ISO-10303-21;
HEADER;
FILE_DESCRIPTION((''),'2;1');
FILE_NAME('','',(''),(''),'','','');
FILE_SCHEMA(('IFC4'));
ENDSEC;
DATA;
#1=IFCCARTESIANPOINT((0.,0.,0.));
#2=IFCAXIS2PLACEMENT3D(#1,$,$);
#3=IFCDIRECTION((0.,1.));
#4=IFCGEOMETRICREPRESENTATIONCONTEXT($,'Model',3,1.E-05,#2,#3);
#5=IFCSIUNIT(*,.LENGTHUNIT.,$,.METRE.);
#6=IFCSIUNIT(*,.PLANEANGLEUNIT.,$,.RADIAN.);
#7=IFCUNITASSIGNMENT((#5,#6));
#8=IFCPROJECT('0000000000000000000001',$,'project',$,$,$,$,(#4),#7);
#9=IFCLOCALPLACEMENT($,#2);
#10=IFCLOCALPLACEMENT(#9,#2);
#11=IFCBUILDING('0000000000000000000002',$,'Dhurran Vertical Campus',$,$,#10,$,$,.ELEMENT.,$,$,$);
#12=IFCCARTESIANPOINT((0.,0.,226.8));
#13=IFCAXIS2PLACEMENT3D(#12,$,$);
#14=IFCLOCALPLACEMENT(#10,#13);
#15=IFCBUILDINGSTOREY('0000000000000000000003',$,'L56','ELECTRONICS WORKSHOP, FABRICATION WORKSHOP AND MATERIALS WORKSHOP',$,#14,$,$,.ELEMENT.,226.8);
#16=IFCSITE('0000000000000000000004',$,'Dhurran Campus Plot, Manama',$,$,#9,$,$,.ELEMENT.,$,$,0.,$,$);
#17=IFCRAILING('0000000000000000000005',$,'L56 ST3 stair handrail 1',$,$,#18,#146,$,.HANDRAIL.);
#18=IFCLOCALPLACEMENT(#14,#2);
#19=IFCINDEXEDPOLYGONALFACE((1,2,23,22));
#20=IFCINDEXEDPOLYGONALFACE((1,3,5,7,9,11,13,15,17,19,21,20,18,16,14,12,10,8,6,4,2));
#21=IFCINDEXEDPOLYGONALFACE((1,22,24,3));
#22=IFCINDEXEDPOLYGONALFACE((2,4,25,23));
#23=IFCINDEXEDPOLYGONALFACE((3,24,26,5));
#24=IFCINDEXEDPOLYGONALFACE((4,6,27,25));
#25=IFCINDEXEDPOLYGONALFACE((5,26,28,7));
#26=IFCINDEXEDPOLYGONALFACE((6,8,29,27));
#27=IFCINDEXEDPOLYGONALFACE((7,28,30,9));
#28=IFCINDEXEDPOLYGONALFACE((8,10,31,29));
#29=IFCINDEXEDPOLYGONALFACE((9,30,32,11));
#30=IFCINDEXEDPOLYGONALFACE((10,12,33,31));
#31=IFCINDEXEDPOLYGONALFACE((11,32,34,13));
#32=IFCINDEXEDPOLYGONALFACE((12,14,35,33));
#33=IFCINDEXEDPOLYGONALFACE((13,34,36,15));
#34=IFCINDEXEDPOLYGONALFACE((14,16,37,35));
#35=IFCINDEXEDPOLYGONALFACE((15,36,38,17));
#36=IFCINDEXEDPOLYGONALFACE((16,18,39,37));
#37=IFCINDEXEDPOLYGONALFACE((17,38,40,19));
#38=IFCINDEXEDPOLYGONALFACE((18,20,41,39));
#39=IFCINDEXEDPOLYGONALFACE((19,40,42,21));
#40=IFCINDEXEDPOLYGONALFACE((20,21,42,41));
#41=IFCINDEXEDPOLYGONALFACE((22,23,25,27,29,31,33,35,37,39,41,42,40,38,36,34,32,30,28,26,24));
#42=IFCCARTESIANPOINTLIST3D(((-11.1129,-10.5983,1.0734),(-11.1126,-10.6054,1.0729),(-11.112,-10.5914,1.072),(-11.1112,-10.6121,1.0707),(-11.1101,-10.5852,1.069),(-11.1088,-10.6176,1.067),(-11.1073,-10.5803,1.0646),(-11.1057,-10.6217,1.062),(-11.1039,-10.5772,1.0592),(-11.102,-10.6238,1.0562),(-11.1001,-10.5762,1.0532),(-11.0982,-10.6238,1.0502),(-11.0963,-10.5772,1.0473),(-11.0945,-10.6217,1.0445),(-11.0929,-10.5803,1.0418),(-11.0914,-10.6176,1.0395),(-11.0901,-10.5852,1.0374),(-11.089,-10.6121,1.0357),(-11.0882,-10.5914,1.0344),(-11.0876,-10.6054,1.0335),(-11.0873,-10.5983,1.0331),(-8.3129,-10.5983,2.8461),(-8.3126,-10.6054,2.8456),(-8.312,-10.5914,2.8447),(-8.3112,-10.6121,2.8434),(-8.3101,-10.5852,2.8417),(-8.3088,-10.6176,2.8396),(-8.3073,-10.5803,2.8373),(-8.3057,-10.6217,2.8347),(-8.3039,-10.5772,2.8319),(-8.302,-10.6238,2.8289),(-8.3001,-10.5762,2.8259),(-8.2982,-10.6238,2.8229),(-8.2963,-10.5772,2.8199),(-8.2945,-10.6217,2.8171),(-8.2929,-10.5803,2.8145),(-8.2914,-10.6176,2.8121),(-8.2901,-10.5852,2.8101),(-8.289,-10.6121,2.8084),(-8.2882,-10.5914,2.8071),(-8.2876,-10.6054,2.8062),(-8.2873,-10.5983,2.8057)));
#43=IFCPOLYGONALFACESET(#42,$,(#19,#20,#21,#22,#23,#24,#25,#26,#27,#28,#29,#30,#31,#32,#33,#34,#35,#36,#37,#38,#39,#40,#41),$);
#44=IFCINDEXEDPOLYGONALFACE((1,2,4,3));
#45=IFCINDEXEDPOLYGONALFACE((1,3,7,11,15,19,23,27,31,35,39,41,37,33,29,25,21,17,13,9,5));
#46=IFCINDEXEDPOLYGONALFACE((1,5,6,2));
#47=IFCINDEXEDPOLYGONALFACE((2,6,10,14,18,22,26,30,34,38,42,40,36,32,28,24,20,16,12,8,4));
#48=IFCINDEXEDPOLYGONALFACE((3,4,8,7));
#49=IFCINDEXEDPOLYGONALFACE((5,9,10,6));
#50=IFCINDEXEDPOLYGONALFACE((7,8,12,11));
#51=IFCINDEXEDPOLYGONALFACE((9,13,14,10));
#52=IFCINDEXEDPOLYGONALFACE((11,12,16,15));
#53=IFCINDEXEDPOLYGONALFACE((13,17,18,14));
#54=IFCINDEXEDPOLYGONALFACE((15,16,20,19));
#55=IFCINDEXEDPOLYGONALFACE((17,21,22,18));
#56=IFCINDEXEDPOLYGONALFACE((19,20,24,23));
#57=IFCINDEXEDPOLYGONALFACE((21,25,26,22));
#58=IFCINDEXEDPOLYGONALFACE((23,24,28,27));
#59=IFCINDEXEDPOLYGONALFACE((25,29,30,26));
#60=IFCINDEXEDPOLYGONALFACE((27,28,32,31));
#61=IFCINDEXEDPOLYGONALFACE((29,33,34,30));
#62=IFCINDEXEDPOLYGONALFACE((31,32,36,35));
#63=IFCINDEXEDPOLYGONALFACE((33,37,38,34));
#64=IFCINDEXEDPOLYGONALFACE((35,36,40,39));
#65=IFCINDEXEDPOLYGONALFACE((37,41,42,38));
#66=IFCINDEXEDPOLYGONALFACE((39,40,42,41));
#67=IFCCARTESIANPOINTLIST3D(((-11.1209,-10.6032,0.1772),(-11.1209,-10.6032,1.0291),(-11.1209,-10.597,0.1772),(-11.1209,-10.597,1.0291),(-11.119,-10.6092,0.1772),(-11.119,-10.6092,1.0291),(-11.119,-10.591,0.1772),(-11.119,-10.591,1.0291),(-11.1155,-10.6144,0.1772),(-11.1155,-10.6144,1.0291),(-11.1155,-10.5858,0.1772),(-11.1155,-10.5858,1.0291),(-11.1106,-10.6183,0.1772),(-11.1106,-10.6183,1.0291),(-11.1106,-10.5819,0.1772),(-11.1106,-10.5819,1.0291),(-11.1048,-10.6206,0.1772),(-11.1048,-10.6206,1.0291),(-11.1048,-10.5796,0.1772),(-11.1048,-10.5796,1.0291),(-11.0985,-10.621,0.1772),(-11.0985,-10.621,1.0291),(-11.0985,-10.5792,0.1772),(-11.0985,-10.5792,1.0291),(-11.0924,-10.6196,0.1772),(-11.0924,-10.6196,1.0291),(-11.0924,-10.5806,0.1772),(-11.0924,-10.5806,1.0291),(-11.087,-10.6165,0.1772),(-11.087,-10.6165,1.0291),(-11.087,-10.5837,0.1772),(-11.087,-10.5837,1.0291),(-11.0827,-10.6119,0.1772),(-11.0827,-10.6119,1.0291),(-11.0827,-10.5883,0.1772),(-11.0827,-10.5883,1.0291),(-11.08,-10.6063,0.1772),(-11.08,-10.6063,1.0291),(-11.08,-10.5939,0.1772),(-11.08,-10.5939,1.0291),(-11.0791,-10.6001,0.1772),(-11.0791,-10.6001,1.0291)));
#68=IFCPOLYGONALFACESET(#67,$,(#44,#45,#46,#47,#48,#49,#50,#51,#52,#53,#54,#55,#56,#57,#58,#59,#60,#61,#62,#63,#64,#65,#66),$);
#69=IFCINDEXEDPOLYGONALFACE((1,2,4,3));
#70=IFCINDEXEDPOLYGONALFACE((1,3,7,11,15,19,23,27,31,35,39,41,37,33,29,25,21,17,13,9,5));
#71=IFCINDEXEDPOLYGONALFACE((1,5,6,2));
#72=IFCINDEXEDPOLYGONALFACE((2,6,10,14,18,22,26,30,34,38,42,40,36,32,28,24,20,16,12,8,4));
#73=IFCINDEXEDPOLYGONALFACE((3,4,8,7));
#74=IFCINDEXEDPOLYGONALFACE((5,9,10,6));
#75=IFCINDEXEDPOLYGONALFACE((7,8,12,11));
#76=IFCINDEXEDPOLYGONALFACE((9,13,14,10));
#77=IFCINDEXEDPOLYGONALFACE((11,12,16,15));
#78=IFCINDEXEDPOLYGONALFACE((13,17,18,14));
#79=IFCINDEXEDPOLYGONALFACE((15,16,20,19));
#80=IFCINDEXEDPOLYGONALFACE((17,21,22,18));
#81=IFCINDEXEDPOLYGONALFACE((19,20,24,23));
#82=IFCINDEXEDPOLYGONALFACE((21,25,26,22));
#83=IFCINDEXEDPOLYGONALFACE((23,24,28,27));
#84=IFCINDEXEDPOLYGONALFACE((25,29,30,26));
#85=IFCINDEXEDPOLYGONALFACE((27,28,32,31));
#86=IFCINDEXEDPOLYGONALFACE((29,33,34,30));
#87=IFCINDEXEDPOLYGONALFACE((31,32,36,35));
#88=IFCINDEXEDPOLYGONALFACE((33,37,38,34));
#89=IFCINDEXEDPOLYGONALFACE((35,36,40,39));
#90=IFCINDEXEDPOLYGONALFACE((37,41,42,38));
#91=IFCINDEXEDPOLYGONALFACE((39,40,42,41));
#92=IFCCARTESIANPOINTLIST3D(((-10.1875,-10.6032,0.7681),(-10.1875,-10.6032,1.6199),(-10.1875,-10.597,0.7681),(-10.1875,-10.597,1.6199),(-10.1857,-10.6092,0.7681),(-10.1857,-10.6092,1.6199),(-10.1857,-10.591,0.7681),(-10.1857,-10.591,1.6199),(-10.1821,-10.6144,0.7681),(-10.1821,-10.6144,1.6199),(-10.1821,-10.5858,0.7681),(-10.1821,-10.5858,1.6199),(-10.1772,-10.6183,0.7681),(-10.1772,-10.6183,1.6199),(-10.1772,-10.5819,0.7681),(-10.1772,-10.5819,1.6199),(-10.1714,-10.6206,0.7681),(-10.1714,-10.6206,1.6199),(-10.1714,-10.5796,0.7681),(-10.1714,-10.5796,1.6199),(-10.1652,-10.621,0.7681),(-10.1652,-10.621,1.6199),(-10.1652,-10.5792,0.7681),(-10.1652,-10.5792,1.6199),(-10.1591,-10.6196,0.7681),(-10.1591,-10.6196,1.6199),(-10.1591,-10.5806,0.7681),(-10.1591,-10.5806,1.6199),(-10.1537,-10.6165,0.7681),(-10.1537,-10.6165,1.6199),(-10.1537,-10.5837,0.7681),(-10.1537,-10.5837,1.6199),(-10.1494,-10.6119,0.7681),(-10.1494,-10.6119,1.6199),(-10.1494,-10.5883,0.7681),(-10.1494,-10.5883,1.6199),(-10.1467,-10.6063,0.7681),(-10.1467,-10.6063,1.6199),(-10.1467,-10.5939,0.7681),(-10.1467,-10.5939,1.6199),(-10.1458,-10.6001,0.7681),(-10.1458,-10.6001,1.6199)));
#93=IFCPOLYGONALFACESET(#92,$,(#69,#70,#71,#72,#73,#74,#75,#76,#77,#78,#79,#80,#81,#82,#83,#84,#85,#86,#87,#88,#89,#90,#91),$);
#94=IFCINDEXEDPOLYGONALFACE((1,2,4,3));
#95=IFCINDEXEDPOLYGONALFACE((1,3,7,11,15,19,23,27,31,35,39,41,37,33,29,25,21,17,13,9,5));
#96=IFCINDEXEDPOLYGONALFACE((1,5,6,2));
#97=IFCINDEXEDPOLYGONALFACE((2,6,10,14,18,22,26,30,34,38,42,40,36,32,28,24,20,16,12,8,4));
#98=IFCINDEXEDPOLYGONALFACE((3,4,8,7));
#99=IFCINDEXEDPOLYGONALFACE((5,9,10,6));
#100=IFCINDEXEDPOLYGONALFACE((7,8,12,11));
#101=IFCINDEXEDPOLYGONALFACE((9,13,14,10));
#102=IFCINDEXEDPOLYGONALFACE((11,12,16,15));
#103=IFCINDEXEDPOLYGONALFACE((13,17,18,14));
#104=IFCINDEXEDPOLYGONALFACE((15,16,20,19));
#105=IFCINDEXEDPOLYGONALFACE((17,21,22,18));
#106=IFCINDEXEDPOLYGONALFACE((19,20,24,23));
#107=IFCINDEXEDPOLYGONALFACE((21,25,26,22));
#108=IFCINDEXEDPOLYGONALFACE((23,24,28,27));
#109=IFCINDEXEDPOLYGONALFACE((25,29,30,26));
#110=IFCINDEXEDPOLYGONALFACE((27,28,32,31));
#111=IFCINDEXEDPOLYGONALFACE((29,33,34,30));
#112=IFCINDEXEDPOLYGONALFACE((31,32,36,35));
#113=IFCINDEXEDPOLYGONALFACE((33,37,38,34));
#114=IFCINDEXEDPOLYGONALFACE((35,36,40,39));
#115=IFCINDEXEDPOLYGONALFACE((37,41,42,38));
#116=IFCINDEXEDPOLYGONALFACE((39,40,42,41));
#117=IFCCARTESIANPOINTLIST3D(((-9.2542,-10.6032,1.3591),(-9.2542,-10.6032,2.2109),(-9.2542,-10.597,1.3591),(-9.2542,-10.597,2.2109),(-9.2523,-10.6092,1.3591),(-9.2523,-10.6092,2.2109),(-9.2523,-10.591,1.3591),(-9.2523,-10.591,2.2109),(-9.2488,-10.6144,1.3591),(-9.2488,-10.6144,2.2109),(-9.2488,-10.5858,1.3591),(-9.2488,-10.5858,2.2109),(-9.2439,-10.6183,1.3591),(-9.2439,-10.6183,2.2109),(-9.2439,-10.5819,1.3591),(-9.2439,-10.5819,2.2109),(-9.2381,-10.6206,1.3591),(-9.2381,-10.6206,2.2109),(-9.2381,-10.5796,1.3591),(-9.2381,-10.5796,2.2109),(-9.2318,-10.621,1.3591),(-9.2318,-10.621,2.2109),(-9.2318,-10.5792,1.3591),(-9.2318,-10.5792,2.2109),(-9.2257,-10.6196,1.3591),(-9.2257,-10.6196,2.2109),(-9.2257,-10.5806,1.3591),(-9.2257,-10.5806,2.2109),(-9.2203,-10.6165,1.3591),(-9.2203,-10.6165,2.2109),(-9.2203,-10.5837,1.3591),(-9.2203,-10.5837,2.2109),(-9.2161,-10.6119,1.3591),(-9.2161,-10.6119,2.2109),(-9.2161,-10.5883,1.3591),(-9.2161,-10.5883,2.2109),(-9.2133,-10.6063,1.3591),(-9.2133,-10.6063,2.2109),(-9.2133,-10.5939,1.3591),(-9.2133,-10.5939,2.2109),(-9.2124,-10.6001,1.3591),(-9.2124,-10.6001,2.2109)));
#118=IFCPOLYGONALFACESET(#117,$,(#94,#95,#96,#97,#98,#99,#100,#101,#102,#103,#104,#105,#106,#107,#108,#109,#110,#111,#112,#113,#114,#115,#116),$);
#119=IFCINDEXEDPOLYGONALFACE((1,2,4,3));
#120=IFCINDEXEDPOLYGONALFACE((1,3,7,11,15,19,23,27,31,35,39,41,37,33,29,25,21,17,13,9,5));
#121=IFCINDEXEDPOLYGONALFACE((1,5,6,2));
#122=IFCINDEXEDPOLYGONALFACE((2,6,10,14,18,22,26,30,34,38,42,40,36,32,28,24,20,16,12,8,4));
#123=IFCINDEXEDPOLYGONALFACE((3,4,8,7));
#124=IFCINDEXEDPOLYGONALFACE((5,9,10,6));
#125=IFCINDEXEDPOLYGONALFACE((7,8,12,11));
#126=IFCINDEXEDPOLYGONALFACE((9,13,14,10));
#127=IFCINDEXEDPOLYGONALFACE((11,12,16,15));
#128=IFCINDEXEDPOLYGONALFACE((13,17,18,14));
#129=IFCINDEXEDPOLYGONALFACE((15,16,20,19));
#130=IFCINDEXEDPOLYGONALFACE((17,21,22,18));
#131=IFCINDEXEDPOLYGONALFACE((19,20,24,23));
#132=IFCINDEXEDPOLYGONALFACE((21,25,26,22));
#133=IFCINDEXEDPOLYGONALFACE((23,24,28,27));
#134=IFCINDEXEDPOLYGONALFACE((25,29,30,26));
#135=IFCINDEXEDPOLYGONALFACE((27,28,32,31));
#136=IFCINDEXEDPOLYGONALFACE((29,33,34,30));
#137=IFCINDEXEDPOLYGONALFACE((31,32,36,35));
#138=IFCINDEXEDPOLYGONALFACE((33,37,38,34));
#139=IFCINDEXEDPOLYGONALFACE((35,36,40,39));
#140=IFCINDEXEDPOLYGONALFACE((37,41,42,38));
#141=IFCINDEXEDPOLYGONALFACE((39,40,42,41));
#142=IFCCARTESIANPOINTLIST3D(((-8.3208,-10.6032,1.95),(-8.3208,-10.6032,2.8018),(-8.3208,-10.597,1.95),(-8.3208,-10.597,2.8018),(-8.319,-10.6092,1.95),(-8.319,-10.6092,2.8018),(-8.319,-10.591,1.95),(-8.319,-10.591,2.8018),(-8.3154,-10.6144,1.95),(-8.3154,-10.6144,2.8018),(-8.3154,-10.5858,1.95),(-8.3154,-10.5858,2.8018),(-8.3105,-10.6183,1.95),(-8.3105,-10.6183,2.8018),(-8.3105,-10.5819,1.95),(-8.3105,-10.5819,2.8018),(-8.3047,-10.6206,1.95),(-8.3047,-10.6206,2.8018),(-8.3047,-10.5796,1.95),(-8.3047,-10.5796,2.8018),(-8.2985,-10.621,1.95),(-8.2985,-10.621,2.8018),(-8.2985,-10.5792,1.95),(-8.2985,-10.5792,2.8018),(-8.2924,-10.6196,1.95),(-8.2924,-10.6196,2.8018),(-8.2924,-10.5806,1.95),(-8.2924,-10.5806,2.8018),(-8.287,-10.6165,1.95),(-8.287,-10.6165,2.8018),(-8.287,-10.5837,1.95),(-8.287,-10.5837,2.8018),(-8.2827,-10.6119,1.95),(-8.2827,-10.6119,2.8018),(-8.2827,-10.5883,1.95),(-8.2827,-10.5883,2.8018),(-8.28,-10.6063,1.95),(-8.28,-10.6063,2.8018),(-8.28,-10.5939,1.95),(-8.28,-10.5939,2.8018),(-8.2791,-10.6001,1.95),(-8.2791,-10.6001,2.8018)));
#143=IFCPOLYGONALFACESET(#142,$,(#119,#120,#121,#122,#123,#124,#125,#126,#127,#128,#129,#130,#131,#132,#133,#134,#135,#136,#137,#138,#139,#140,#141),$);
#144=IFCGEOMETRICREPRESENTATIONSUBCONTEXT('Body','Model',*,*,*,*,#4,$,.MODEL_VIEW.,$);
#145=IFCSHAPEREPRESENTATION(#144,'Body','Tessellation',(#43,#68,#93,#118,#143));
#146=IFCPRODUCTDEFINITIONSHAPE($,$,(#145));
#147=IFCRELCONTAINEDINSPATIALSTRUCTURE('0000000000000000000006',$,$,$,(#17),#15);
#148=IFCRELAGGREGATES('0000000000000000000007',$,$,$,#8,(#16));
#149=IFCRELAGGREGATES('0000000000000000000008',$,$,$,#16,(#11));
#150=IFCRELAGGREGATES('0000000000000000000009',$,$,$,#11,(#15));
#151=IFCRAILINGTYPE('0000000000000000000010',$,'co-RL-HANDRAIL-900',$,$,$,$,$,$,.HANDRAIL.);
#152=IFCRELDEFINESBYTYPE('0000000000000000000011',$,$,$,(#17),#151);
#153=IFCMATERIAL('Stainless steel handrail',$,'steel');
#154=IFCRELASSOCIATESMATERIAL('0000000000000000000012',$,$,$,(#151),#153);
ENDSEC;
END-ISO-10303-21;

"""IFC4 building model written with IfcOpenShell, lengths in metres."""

from ifc_helpers import new_model, si_unit, direction, frame, origin, origin_2d, place, context, subcontext, project, spatial, circle, extrude, material, type_object, element, save


model = new_model("IFC4")

# Units and contexts
model_context = context("Model", 3, precision=1e-05, world=origin(), true_north=direction((0.0, 1.0)))
body_context = subcontext(model_context, "Body", "Model", "MODEL_VIEW")
ifc_project = project(units=[si_unit("LENGTHUNIT", "METRE"), si_unit("PLANEANGLEUNIT", "RADIAN")], contexts=[model_context])

# Site, building, storey
site_placement = place(None, origin())
site = spatial("IfcSite", under=ifc_project, at=site_placement, Name="Dhurran Campus Plot, Manama", CompositionType="ELEMENT", RefElevation=0.0)
building_placement = place(site_placement, origin())
building = spatial("IfcBuilding", under=site, at=building_placement, Name="Dhurran Vertical Campus", CompositionType="ELEMENT")
storey_placement = place(building_placement, frame((0.0, 0.0, 226.8)))
storey = spatial("IfcBuildingStorey", under=building, at=storey_placement, Name="L56", Description="ELECTRONICS WORKSHOP, FABRICATION WORKSHOP AND MATERIALS WORKSHOP", CompositionType="ELEMENT", Elevation=226.8)

# Railing
ifc_material_1 = material(Name="Stainless steel handrail", Category="steel")
railing_type_1 = type_object("IfcRailingType", Name="co-RL-HANDRAIL-900", PredefinedType="HANDRAIL", material=ifc_material_1)
railing_1_placement = place(storey_placement, frame((-11.1001, -10.6001, 0.1772)))
element("IfcRailing", 1, at=railing_1_placement, inside=storey, type_object=railing_type_1, Name="L56 ST3 stair handrail 1", PredefinedType="HANDRAIL", context=body_context, shape_type="SweptSolid", body=[
    extrude(circle(Radius=0.0239, at=origin_2d()), frame((0.0, 0.0, 0.876), z_axis=(0.844909, 0.0, 0.53491), x_axis=(0.0, 1.0, 0.0)), (0.0, 0.0, 1.0), 3.314),
    extrude(circle(Radius=0.021, at=origin_2d()), origin(), (0.0, 0.0, 1.0), 0.8518),
    extrude(circle(Radius=0.021, at=origin_2d()), frame((0.9333, 0.0, 0.5908)), (0.0, 0.0, 1.0), 0.8518),
    extrude(circle(Radius=0.021, at=origin_2d()), frame((1.8667, 0.0, 1.1819)), (0.0, 0.0, 1.0), 0.8518),
    extrude(circle(Radius=0.021, at=origin_2d()), frame((2.8, 0.0, 1.7727)), (0.0, 0.0, 1.0), 0.8518),
])

save(model, "model.ifc")
